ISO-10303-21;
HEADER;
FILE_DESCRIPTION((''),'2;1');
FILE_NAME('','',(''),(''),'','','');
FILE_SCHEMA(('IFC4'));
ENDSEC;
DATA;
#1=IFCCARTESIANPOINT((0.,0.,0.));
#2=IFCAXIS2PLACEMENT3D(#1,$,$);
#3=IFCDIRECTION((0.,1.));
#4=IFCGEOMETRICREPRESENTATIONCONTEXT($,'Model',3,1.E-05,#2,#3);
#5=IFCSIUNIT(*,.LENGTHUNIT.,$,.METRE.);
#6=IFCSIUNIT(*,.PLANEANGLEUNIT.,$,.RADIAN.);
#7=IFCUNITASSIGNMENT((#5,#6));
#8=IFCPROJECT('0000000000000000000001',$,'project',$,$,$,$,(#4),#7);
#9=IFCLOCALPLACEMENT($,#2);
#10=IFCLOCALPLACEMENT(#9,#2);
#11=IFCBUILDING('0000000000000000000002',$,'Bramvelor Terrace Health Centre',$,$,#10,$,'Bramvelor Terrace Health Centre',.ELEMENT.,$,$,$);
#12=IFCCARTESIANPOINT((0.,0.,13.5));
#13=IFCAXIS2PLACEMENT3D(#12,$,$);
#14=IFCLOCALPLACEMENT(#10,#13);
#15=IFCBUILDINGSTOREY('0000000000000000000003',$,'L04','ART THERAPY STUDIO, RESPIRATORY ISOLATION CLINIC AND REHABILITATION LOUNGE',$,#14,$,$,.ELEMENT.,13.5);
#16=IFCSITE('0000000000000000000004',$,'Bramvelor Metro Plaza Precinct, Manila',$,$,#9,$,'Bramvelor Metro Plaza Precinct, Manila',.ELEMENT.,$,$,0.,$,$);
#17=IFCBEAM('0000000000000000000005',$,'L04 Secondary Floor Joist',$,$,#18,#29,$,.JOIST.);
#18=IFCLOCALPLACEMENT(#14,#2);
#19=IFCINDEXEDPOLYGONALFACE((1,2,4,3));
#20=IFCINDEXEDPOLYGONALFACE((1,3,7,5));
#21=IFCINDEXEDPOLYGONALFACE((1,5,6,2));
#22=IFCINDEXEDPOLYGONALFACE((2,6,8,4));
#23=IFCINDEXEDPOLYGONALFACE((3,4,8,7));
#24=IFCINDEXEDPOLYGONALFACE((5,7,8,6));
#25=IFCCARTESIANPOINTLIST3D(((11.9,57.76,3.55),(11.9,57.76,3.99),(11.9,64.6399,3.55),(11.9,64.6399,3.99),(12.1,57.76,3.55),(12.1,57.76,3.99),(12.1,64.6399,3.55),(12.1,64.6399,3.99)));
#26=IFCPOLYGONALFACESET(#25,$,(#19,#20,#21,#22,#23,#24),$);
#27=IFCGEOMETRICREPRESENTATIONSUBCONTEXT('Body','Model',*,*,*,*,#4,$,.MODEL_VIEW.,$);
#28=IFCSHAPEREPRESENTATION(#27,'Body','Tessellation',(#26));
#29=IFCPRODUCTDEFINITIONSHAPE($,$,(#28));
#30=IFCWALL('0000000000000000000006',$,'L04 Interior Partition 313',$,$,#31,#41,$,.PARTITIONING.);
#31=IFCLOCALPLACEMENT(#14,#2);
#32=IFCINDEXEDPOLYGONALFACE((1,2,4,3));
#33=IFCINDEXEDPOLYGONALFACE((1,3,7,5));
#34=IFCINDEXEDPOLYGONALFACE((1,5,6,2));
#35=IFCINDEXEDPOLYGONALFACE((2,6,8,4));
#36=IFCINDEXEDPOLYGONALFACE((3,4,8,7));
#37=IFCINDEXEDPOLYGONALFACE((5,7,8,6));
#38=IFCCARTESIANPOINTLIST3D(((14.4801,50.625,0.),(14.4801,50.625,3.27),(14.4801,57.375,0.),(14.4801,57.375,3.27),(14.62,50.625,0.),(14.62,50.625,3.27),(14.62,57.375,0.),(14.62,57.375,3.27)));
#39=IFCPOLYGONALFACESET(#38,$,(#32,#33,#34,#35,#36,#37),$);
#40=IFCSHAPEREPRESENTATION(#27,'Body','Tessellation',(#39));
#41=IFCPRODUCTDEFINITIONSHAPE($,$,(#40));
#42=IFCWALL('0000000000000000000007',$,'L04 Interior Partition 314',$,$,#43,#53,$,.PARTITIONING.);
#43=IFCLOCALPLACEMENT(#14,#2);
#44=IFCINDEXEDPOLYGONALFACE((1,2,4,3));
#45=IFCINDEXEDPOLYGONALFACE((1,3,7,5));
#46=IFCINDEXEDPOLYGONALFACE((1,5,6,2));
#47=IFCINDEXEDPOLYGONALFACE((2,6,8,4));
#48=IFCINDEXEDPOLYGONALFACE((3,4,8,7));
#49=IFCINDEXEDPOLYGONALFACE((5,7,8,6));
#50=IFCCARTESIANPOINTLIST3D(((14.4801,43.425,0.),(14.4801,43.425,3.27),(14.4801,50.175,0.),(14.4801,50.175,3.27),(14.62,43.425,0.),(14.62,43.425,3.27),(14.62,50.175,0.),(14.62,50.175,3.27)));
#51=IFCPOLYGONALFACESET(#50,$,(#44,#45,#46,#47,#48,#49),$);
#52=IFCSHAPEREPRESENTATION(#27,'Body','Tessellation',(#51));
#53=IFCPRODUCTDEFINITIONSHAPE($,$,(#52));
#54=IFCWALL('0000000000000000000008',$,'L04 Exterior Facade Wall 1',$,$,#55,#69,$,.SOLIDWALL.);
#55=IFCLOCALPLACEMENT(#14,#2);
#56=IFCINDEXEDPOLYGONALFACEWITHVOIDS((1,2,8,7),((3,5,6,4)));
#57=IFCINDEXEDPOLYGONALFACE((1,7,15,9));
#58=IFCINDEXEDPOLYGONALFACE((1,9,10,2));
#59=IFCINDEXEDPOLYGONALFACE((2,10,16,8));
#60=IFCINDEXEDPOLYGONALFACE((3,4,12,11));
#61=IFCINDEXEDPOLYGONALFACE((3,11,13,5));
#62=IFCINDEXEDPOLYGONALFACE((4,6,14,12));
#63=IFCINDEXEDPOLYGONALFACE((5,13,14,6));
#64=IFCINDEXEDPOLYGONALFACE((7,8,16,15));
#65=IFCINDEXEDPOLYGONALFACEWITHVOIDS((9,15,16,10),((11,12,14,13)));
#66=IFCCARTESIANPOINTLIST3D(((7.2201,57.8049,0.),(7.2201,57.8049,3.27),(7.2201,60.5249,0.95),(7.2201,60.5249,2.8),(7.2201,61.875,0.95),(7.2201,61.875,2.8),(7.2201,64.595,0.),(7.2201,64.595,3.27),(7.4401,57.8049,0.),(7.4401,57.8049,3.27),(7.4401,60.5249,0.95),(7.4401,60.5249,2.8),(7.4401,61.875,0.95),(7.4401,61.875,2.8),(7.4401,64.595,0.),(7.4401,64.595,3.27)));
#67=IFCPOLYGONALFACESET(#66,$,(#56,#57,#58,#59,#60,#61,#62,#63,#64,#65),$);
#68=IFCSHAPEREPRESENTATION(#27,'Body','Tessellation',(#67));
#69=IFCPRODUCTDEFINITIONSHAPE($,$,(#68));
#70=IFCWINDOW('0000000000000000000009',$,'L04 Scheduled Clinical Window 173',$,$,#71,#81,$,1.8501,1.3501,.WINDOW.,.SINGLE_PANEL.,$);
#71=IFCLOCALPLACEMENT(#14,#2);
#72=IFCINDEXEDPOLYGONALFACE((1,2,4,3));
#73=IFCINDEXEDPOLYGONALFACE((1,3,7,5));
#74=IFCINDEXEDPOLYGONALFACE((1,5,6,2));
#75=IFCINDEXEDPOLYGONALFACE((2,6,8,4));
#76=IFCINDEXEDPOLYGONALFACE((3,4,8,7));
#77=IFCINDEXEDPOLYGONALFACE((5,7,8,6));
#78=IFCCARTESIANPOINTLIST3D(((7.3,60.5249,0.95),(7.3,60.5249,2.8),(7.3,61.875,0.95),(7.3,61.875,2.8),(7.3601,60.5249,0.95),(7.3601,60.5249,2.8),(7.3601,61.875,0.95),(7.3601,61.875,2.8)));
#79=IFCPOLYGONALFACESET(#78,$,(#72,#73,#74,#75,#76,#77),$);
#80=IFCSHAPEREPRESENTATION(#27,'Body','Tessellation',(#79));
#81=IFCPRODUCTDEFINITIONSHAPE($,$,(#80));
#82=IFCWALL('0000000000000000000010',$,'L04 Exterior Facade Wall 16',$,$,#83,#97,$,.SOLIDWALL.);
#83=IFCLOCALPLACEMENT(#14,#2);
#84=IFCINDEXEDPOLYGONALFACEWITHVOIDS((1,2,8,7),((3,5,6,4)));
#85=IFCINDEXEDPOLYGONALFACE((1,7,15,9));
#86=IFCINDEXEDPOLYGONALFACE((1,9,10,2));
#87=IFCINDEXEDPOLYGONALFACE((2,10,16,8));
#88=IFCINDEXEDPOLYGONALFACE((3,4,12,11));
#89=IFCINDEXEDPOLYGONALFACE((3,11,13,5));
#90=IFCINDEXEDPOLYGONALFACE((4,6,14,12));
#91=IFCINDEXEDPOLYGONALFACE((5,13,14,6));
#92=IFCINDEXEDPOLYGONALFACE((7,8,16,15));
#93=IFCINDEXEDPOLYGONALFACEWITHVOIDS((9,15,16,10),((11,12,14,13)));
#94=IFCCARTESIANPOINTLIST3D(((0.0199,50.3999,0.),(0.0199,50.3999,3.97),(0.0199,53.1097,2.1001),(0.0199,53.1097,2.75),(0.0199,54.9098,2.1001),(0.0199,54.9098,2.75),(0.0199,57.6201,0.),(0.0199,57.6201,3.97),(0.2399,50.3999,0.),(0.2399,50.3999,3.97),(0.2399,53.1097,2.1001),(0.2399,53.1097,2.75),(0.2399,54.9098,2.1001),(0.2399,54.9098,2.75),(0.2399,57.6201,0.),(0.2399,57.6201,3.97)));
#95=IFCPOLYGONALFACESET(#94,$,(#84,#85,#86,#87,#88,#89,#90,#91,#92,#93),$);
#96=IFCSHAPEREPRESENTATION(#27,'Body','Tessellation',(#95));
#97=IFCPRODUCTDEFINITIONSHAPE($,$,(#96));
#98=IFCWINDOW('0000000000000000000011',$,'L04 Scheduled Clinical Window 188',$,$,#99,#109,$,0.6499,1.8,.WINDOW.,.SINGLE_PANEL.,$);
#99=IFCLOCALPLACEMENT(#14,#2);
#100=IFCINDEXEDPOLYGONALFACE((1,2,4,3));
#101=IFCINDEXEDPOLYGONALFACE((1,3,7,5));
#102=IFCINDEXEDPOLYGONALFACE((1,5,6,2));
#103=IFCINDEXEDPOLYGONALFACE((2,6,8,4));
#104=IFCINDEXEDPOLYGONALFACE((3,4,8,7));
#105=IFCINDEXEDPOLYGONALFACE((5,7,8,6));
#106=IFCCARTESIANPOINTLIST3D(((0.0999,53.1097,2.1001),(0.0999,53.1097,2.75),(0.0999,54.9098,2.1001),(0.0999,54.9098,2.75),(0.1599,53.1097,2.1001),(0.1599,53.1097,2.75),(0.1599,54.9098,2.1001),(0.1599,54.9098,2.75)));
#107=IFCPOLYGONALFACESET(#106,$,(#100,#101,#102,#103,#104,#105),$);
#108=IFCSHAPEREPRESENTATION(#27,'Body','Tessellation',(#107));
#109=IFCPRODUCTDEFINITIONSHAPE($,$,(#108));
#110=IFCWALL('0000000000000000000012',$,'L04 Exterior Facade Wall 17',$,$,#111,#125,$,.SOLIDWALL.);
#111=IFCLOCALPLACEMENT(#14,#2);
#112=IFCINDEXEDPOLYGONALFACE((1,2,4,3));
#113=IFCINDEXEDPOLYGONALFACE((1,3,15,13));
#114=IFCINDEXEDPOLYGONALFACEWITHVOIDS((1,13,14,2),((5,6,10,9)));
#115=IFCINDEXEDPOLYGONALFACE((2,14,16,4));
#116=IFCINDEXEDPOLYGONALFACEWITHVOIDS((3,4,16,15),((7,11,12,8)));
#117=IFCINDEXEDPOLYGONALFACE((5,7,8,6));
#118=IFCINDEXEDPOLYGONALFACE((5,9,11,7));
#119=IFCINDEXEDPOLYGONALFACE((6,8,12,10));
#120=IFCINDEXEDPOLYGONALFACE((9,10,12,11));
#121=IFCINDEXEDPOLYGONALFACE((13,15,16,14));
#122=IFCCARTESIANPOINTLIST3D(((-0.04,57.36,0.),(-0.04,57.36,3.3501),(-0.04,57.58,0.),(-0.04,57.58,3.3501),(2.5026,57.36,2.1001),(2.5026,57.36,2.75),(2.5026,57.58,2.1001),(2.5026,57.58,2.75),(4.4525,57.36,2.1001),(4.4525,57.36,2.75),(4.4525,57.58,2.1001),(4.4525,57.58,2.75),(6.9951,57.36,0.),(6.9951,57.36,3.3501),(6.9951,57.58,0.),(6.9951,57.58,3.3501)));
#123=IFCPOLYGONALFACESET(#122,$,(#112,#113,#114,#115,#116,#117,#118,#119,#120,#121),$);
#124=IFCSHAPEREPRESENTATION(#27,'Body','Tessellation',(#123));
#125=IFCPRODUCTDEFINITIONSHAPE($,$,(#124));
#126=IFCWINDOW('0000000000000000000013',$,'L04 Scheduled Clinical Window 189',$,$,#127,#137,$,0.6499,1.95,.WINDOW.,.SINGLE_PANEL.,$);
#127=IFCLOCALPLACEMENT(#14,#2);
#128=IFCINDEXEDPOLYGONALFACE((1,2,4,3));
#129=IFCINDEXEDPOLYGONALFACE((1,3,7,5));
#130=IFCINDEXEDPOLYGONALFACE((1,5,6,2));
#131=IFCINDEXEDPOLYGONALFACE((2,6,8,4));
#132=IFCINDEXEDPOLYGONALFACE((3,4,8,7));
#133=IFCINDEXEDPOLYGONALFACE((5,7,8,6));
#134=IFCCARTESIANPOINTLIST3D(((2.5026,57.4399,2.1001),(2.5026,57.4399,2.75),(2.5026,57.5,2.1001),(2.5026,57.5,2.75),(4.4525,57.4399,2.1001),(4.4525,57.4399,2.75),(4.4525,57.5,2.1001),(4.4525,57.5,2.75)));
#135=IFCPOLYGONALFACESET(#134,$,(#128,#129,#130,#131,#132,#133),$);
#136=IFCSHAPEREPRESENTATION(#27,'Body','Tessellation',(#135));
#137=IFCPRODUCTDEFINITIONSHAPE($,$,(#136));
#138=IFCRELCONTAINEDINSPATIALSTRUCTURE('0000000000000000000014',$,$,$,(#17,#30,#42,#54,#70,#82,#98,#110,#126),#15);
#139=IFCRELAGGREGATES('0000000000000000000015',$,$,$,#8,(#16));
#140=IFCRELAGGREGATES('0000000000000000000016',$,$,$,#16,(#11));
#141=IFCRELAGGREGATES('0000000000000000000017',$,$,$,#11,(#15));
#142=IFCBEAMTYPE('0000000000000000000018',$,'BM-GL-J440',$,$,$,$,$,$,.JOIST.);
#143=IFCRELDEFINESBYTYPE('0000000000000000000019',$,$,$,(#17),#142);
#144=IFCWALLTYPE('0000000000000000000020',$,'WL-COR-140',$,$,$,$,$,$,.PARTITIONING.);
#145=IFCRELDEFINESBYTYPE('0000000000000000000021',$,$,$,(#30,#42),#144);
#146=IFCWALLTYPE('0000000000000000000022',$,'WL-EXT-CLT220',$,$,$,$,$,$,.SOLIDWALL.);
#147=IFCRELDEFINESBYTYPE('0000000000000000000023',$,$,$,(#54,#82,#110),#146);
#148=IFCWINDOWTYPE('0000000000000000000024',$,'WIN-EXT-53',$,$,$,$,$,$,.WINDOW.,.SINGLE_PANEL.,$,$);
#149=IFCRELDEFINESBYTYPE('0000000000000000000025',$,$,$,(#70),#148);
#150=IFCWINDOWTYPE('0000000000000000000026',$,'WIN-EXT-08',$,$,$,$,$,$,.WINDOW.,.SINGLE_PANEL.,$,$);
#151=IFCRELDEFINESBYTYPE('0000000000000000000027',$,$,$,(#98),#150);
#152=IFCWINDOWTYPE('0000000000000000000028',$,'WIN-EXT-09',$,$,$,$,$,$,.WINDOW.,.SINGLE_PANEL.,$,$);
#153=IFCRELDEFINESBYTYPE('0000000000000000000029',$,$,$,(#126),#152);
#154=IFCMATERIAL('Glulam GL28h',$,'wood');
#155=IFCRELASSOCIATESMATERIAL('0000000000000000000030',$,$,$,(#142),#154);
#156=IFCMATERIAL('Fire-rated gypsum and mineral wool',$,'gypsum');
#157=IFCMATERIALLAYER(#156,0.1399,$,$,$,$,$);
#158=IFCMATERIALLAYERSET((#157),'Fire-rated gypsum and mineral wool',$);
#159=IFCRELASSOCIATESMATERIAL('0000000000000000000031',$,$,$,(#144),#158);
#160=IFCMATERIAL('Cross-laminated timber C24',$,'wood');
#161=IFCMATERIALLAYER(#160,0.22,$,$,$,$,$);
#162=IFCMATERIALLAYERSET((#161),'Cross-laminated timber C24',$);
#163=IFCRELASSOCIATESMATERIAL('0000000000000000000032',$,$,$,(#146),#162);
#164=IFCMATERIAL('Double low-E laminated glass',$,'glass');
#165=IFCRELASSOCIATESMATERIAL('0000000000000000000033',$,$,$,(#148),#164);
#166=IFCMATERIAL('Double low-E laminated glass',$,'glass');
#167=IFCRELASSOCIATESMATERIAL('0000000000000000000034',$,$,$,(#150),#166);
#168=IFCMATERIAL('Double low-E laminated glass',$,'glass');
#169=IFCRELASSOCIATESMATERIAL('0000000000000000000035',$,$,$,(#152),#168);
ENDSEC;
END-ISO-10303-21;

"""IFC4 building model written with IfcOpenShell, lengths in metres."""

from ifc_helpers import new_model, si_unit, direction, frame, frame_2d, origin, origin_2d, place, context, subcontext, project, spatial, rectangle, extrude, material, layer, layer_set, material_profile, profile_set, type_object, element, fill, save


model = new_model("IFC4")

# Units and contexts
model_context = context("Model", 3, precision=1e-05, world=origin(), true_north=direction((0.0, 1.0)))
body_context = subcontext(model_context, "Body", "Model", "MODEL_VIEW")
ifc_project = project(units=[si_unit("LENGTHUNIT", "METRE"), si_unit("PLANEANGLEUNIT", "RADIAN")], contexts=[model_context])

# Site, building, storey
site_placement = place(None, origin())
site = spatial("IfcSite", under=ifc_project, at=site_placement, Name="Bramvelor Metro Plaza Precinct, Manila", LongName="Bramvelor Metro Plaza Precinct, Manila", CompositionType="ELEMENT", RefElevation=0.0)
building_placement = place(site_placement, origin())
building = spatial("IfcBuilding", under=site, at=building_placement, Name="Bramvelor Terrace Health Centre", LongName="Bramvelor Terrace Health Centre", CompositionType="ELEMENT")
storey_placement = place(building_placement, frame((0.0, 0.0, 13.5)))
storey = spatial("IfcBuildingStorey", under=building, at=storey_placement, Name="L04", Description="ART THERAPY STUDIO, RESPIRATORY ISOLATION CLINIC AND REHABILITATION LOUNGE", CompositionType="ELEMENT", Elevation=13.5)

# Beam
ifc_material_1 = material(Name="Glulam GL28h", Category="wood")
ifc_material_profile_1 = material_profile(ifc_material_1, rectangle(XDim=0.2, YDim=0.4399, at=origin_2d()), Name="GL 200x440")
ifc_profile_set_1 = profile_set([ifc_material_profile_1], Name="Glulam GL28h")
beam_type_1 = type_object("IfcBeamType", Name="BM-GL-J440", PredefinedType="JOIST", material=ifc_profile_set_1)
for number, where, z_axis, x_axis, name in (
    (1, (12.0, 57.76, 3.77), (0.0, 1.0, 0.0), (-1.0, 0.0, 0.0), "L04 Secondary Floor Joist"),
):
    element("IfcBeam", number, at=place(storey_placement, frame(where, z_axis=z_axis, x_axis=x_axis)), inside=storey, type_object=beam_type_1, Name=name, PredefinedType="JOIST", context=body_context, shape_type="SweptSolid", body=[
        extrude(rectangle(XDim=0.2, YDim=0.4399, at=origin_2d()), origin(), (0.0, 0.0, 1.0), 6.8799),
    ])

# Walls
ifc_material_2 = material(Name="Fire-rated gypsum and mineral wool", Category="gypsum")
ifc_layer_1 = layer(ifc_material_2, 0.1399)
ifc_layer_set_1 = layer_set([ifc_layer_1], Name="Fire-rated gypsum and mineral wool")
wall_type_1 = type_object("IfcWallType", Name="WL-COR-140", PredefinedType="PARTITIONING", material=ifc_layer_set_1)
for number, where, z_axis, x_axis, name in (
    (2, (14.55, 57.375, 0.0), (0.0, 0.0, 1.0), (0.0, -1.0, 0.0), "L04 Interior Partition 313"),
    (3, (14.55, 50.175, 0.0), (0.0, 0.0, 1.0), (0.0, -1.0, 0.0), "L04 Interior Partition 314"),
):
    element("IfcWall", number, at=place(storey_placement, frame(where, z_axis=z_axis, x_axis=x_axis)), inside=storey, type_object=wall_type_1, Name=name, PredefinedType="PARTITIONING", context=body_context, shape_type="SweptSolid", body=[
        extrude(rectangle(XDim=6.75, YDim=0.1399, at=frame_2d((3.375, 0.0))), origin(), (0.0, 0.0, 1.0), 3.27),
    ])

# Walls, openings, windows
ifc_material_3 = material(Name="Cross-laminated timber C24", Category="wood")
ifc_layer_2 = layer(ifc_material_3, 0.22)
ifc_layer_set_2 = layer_set([ifc_layer_2], Name="Cross-laminated timber C24")
wall_type_2 = type_object("IfcWallType", Name="WL-EXT-CLT220", PredefinedType="SOLIDWALL", material=ifc_layer_set_2)
wall_1_placement = place(storey_placement, frame((7.3301, 57.8049, 0.0), z_axis=(0.0, 0.0, 1.0), x_axis=(0.0, 1.0, 0.0)))
wall_1 = element("IfcWall", 4, at=wall_1_placement, inside=storey, type_object=wall_type_2, Name="L04 Exterior Facade Wall 1", PredefinedType="SOLIDWALL", context=body_context, shape_type="SweptSolid", body=[
    extrude(rectangle(XDim=6.79, YDim=0.22, at=frame_2d((3.395, 0.0))), origin(), (0.0, 0.0, 1.0), 3.27),
])
opening_1_placement = place(wall_1_placement, frame((2.72, 0.0, 0.95)))
opening_1 = element("IfcOpeningElement", 5, at=opening_1_placement, cuts=wall_1, PredefinedType="OPENING", context=body_context, shape_type="SweptSolid", body=[
    extrude(rectangle(XDim=1.3501, YDim=1.8501, at=frame_2d((0.675, 0.925))), frame((0.0, 0.1199, 0.0), z_axis=(0.0, -1.0, 0.0), x_axis=(1.0, 0.0, 0.0)), (0.0, 0.0, 1.0), 0.24),
])
ifc_material_4 = material(Name="Double low-E laminated glass", Category="glass")
window_type_1 = type_object("IfcWindowType", Name="WIN-EXT-53", PartitioningType="SINGLE_PANEL", PredefinedType="WINDOW", material=ifc_material_4)
window_1_placement = place(opening_1_placement, origin())
window_1 = element("IfcWindow", 6, at=window_1_placement, inside=storey, type_object=window_type_1, Name="L04 Scheduled Clinical Window 173", OverallHeight=1.8501, OverallWidth=1.3501, PartitioningType="SINGLE_PANEL", PredefinedType="WINDOW", context=body_context, shape_type="SweptSolid", body=[
    extrude(rectangle(XDim=1.3501, YDim=1.8501, at=frame_2d((0.675, 0.925))), frame((0.0, 0.03, 0.0), z_axis=(0.0, -1.0, 0.0), x_axis=(1.0, 0.0, 0.0)), (0.0, 0.0, 1.0), 0.0601),
])
fill(opening_1, window_1)
wall_2_placement = place(storey_placement, frame((0.1299, 50.3999, 0.0), z_axis=(0.0, 0.0, 1.0), x_axis=(0.0, 1.0, 0.0)))
wall_2 = element("IfcWall", 7, at=wall_2_placement, inside=storey, type_object=wall_type_2, Name="L04 Exterior Facade Wall 16", PredefinedType="SOLIDWALL", context=body_context, shape_type="SweptSolid", body=[
    extrude(rectangle(XDim=7.2202, YDim=0.22, at=frame_2d((3.6101, 0.0))), origin(), (0.0, 0.0, 1.0), 3.97),
])
opening_2_placement = place(wall_2_placement, frame((2.71, 0.0, 2.1001)))
opening_2 = element("IfcOpeningElement", 8, at=opening_2_placement, cuts=wall_2, PredefinedType="OPENING", context=body_context, shape_type="SweptSolid", body=[
    extrude(rectangle(XDim=1.8, YDim=0.6499, at=frame_2d((0.8999, 0.325))), frame((0.0, 0.1199, 0.0), z_axis=(0.0, -1.0, 0.0), x_axis=(1.0, 0.0, 0.0)), (0.0, 0.0, 1.0), 0.24),
])
ifc_material_5 = material(Name="Double low-E laminated glass", Category="glass")
window_type_2 = type_object("IfcWindowType", Name="WIN-EXT-08", PartitioningType="SINGLE_PANEL", PredefinedType="WINDOW", material=ifc_material_5)
window_2_placement = place(opening_2_placement, origin())
window_2 = element("IfcWindow", 9, at=window_2_placement, inside=storey, type_object=window_type_2, Name="L04 Scheduled Clinical Window 188", OverallHeight=0.6499, OverallWidth=1.8, PartitioningType="SINGLE_PANEL", PredefinedType="WINDOW", context=body_context, shape_type="SweptSolid", body=[
    extrude(rectangle(XDim=1.8, YDim=0.6499, at=frame_2d((0.8999, 0.325))), frame((0.0, 0.03, 0.0), z_axis=(0.0, -1.0, 0.0), x_axis=(1.0, 0.0, 0.0)), (0.0, 0.0, 1.0), 0.0601),
])
fill(opening_2, window_2)
wall_3_placement = place(storey_placement, frame((-0.04, 57.47, 0.0), z_axis=(0.0, 0.0, 1.0), x_axis=(1.0, 0.0, 0.0)))
wall_3 = element("IfcWall", 10, at=wall_3_placement, inside=storey, type_object=wall_type_2, Name="L04 Exterior Facade Wall 17", PredefinedType="SOLIDWALL", context=body_context, shape_type="SweptSolid", body=[
    extrude(rectangle(XDim=7.0352, YDim=0.22, at=frame_2d((3.5176, 0.0))), origin(), (0.0, 0.0, 1.0), 3.3501),
])
opening_3_placement = place(wall_3_placement, frame((2.5425, 0.0, 2.1001)))
opening_3 = element("IfcOpeningElement", 11, at=opening_3_placement, cuts=wall_3, PredefinedType="OPENING", context=body_context, shape_type="SweptSolid", body=[
    extrude(rectangle(XDim=1.95, YDim=0.6499, at=frame_2d((0.9751, 0.325))), frame((0.0, 0.1199, 0.0), z_axis=(0.0, -1.0, 0.0), x_axis=(1.0, 0.0, 0.0)), (0.0, 0.0, 1.0), 0.24),
])
ifc_material_6 = material(Name="Double low-E laminated glass", Category="glass")
window_type_3 = type_object("IfcWindowType", Name="WIN-EXT-09", PartitioningType="SINGLE_PANEL", PredefinedType="WINDOW", material=ifc_material_6)
window_3_placement = place(opening_3_placement, origin())
window_3 = element("IfcWindow", 12, at=window_3_placement, inside=storey, type_object=window_type_3, Name="L04 Scheduled Clinical Window 189", OverallHeight=0.6499, OverallWidth=1.95, PartitioningType="SINGLE_PANEL", PredefinedType="WINDOW", context=body_context, shape_type="SweptSolid", body=[
    extrude(rectangle(XDim=1.95, YDim=0.6499, at=frame_2d((0.9751, 0.325))), frame((0.0, 0.03, 0.0), z_axis=(0.0, -1.0, 0.0), x_axis=(1.0, 0.0, 0.0)), (0.0, 0.0, 1.0), 0.0601),
])
fill(opening_3, window_3)

save(model, "model.ifc")
